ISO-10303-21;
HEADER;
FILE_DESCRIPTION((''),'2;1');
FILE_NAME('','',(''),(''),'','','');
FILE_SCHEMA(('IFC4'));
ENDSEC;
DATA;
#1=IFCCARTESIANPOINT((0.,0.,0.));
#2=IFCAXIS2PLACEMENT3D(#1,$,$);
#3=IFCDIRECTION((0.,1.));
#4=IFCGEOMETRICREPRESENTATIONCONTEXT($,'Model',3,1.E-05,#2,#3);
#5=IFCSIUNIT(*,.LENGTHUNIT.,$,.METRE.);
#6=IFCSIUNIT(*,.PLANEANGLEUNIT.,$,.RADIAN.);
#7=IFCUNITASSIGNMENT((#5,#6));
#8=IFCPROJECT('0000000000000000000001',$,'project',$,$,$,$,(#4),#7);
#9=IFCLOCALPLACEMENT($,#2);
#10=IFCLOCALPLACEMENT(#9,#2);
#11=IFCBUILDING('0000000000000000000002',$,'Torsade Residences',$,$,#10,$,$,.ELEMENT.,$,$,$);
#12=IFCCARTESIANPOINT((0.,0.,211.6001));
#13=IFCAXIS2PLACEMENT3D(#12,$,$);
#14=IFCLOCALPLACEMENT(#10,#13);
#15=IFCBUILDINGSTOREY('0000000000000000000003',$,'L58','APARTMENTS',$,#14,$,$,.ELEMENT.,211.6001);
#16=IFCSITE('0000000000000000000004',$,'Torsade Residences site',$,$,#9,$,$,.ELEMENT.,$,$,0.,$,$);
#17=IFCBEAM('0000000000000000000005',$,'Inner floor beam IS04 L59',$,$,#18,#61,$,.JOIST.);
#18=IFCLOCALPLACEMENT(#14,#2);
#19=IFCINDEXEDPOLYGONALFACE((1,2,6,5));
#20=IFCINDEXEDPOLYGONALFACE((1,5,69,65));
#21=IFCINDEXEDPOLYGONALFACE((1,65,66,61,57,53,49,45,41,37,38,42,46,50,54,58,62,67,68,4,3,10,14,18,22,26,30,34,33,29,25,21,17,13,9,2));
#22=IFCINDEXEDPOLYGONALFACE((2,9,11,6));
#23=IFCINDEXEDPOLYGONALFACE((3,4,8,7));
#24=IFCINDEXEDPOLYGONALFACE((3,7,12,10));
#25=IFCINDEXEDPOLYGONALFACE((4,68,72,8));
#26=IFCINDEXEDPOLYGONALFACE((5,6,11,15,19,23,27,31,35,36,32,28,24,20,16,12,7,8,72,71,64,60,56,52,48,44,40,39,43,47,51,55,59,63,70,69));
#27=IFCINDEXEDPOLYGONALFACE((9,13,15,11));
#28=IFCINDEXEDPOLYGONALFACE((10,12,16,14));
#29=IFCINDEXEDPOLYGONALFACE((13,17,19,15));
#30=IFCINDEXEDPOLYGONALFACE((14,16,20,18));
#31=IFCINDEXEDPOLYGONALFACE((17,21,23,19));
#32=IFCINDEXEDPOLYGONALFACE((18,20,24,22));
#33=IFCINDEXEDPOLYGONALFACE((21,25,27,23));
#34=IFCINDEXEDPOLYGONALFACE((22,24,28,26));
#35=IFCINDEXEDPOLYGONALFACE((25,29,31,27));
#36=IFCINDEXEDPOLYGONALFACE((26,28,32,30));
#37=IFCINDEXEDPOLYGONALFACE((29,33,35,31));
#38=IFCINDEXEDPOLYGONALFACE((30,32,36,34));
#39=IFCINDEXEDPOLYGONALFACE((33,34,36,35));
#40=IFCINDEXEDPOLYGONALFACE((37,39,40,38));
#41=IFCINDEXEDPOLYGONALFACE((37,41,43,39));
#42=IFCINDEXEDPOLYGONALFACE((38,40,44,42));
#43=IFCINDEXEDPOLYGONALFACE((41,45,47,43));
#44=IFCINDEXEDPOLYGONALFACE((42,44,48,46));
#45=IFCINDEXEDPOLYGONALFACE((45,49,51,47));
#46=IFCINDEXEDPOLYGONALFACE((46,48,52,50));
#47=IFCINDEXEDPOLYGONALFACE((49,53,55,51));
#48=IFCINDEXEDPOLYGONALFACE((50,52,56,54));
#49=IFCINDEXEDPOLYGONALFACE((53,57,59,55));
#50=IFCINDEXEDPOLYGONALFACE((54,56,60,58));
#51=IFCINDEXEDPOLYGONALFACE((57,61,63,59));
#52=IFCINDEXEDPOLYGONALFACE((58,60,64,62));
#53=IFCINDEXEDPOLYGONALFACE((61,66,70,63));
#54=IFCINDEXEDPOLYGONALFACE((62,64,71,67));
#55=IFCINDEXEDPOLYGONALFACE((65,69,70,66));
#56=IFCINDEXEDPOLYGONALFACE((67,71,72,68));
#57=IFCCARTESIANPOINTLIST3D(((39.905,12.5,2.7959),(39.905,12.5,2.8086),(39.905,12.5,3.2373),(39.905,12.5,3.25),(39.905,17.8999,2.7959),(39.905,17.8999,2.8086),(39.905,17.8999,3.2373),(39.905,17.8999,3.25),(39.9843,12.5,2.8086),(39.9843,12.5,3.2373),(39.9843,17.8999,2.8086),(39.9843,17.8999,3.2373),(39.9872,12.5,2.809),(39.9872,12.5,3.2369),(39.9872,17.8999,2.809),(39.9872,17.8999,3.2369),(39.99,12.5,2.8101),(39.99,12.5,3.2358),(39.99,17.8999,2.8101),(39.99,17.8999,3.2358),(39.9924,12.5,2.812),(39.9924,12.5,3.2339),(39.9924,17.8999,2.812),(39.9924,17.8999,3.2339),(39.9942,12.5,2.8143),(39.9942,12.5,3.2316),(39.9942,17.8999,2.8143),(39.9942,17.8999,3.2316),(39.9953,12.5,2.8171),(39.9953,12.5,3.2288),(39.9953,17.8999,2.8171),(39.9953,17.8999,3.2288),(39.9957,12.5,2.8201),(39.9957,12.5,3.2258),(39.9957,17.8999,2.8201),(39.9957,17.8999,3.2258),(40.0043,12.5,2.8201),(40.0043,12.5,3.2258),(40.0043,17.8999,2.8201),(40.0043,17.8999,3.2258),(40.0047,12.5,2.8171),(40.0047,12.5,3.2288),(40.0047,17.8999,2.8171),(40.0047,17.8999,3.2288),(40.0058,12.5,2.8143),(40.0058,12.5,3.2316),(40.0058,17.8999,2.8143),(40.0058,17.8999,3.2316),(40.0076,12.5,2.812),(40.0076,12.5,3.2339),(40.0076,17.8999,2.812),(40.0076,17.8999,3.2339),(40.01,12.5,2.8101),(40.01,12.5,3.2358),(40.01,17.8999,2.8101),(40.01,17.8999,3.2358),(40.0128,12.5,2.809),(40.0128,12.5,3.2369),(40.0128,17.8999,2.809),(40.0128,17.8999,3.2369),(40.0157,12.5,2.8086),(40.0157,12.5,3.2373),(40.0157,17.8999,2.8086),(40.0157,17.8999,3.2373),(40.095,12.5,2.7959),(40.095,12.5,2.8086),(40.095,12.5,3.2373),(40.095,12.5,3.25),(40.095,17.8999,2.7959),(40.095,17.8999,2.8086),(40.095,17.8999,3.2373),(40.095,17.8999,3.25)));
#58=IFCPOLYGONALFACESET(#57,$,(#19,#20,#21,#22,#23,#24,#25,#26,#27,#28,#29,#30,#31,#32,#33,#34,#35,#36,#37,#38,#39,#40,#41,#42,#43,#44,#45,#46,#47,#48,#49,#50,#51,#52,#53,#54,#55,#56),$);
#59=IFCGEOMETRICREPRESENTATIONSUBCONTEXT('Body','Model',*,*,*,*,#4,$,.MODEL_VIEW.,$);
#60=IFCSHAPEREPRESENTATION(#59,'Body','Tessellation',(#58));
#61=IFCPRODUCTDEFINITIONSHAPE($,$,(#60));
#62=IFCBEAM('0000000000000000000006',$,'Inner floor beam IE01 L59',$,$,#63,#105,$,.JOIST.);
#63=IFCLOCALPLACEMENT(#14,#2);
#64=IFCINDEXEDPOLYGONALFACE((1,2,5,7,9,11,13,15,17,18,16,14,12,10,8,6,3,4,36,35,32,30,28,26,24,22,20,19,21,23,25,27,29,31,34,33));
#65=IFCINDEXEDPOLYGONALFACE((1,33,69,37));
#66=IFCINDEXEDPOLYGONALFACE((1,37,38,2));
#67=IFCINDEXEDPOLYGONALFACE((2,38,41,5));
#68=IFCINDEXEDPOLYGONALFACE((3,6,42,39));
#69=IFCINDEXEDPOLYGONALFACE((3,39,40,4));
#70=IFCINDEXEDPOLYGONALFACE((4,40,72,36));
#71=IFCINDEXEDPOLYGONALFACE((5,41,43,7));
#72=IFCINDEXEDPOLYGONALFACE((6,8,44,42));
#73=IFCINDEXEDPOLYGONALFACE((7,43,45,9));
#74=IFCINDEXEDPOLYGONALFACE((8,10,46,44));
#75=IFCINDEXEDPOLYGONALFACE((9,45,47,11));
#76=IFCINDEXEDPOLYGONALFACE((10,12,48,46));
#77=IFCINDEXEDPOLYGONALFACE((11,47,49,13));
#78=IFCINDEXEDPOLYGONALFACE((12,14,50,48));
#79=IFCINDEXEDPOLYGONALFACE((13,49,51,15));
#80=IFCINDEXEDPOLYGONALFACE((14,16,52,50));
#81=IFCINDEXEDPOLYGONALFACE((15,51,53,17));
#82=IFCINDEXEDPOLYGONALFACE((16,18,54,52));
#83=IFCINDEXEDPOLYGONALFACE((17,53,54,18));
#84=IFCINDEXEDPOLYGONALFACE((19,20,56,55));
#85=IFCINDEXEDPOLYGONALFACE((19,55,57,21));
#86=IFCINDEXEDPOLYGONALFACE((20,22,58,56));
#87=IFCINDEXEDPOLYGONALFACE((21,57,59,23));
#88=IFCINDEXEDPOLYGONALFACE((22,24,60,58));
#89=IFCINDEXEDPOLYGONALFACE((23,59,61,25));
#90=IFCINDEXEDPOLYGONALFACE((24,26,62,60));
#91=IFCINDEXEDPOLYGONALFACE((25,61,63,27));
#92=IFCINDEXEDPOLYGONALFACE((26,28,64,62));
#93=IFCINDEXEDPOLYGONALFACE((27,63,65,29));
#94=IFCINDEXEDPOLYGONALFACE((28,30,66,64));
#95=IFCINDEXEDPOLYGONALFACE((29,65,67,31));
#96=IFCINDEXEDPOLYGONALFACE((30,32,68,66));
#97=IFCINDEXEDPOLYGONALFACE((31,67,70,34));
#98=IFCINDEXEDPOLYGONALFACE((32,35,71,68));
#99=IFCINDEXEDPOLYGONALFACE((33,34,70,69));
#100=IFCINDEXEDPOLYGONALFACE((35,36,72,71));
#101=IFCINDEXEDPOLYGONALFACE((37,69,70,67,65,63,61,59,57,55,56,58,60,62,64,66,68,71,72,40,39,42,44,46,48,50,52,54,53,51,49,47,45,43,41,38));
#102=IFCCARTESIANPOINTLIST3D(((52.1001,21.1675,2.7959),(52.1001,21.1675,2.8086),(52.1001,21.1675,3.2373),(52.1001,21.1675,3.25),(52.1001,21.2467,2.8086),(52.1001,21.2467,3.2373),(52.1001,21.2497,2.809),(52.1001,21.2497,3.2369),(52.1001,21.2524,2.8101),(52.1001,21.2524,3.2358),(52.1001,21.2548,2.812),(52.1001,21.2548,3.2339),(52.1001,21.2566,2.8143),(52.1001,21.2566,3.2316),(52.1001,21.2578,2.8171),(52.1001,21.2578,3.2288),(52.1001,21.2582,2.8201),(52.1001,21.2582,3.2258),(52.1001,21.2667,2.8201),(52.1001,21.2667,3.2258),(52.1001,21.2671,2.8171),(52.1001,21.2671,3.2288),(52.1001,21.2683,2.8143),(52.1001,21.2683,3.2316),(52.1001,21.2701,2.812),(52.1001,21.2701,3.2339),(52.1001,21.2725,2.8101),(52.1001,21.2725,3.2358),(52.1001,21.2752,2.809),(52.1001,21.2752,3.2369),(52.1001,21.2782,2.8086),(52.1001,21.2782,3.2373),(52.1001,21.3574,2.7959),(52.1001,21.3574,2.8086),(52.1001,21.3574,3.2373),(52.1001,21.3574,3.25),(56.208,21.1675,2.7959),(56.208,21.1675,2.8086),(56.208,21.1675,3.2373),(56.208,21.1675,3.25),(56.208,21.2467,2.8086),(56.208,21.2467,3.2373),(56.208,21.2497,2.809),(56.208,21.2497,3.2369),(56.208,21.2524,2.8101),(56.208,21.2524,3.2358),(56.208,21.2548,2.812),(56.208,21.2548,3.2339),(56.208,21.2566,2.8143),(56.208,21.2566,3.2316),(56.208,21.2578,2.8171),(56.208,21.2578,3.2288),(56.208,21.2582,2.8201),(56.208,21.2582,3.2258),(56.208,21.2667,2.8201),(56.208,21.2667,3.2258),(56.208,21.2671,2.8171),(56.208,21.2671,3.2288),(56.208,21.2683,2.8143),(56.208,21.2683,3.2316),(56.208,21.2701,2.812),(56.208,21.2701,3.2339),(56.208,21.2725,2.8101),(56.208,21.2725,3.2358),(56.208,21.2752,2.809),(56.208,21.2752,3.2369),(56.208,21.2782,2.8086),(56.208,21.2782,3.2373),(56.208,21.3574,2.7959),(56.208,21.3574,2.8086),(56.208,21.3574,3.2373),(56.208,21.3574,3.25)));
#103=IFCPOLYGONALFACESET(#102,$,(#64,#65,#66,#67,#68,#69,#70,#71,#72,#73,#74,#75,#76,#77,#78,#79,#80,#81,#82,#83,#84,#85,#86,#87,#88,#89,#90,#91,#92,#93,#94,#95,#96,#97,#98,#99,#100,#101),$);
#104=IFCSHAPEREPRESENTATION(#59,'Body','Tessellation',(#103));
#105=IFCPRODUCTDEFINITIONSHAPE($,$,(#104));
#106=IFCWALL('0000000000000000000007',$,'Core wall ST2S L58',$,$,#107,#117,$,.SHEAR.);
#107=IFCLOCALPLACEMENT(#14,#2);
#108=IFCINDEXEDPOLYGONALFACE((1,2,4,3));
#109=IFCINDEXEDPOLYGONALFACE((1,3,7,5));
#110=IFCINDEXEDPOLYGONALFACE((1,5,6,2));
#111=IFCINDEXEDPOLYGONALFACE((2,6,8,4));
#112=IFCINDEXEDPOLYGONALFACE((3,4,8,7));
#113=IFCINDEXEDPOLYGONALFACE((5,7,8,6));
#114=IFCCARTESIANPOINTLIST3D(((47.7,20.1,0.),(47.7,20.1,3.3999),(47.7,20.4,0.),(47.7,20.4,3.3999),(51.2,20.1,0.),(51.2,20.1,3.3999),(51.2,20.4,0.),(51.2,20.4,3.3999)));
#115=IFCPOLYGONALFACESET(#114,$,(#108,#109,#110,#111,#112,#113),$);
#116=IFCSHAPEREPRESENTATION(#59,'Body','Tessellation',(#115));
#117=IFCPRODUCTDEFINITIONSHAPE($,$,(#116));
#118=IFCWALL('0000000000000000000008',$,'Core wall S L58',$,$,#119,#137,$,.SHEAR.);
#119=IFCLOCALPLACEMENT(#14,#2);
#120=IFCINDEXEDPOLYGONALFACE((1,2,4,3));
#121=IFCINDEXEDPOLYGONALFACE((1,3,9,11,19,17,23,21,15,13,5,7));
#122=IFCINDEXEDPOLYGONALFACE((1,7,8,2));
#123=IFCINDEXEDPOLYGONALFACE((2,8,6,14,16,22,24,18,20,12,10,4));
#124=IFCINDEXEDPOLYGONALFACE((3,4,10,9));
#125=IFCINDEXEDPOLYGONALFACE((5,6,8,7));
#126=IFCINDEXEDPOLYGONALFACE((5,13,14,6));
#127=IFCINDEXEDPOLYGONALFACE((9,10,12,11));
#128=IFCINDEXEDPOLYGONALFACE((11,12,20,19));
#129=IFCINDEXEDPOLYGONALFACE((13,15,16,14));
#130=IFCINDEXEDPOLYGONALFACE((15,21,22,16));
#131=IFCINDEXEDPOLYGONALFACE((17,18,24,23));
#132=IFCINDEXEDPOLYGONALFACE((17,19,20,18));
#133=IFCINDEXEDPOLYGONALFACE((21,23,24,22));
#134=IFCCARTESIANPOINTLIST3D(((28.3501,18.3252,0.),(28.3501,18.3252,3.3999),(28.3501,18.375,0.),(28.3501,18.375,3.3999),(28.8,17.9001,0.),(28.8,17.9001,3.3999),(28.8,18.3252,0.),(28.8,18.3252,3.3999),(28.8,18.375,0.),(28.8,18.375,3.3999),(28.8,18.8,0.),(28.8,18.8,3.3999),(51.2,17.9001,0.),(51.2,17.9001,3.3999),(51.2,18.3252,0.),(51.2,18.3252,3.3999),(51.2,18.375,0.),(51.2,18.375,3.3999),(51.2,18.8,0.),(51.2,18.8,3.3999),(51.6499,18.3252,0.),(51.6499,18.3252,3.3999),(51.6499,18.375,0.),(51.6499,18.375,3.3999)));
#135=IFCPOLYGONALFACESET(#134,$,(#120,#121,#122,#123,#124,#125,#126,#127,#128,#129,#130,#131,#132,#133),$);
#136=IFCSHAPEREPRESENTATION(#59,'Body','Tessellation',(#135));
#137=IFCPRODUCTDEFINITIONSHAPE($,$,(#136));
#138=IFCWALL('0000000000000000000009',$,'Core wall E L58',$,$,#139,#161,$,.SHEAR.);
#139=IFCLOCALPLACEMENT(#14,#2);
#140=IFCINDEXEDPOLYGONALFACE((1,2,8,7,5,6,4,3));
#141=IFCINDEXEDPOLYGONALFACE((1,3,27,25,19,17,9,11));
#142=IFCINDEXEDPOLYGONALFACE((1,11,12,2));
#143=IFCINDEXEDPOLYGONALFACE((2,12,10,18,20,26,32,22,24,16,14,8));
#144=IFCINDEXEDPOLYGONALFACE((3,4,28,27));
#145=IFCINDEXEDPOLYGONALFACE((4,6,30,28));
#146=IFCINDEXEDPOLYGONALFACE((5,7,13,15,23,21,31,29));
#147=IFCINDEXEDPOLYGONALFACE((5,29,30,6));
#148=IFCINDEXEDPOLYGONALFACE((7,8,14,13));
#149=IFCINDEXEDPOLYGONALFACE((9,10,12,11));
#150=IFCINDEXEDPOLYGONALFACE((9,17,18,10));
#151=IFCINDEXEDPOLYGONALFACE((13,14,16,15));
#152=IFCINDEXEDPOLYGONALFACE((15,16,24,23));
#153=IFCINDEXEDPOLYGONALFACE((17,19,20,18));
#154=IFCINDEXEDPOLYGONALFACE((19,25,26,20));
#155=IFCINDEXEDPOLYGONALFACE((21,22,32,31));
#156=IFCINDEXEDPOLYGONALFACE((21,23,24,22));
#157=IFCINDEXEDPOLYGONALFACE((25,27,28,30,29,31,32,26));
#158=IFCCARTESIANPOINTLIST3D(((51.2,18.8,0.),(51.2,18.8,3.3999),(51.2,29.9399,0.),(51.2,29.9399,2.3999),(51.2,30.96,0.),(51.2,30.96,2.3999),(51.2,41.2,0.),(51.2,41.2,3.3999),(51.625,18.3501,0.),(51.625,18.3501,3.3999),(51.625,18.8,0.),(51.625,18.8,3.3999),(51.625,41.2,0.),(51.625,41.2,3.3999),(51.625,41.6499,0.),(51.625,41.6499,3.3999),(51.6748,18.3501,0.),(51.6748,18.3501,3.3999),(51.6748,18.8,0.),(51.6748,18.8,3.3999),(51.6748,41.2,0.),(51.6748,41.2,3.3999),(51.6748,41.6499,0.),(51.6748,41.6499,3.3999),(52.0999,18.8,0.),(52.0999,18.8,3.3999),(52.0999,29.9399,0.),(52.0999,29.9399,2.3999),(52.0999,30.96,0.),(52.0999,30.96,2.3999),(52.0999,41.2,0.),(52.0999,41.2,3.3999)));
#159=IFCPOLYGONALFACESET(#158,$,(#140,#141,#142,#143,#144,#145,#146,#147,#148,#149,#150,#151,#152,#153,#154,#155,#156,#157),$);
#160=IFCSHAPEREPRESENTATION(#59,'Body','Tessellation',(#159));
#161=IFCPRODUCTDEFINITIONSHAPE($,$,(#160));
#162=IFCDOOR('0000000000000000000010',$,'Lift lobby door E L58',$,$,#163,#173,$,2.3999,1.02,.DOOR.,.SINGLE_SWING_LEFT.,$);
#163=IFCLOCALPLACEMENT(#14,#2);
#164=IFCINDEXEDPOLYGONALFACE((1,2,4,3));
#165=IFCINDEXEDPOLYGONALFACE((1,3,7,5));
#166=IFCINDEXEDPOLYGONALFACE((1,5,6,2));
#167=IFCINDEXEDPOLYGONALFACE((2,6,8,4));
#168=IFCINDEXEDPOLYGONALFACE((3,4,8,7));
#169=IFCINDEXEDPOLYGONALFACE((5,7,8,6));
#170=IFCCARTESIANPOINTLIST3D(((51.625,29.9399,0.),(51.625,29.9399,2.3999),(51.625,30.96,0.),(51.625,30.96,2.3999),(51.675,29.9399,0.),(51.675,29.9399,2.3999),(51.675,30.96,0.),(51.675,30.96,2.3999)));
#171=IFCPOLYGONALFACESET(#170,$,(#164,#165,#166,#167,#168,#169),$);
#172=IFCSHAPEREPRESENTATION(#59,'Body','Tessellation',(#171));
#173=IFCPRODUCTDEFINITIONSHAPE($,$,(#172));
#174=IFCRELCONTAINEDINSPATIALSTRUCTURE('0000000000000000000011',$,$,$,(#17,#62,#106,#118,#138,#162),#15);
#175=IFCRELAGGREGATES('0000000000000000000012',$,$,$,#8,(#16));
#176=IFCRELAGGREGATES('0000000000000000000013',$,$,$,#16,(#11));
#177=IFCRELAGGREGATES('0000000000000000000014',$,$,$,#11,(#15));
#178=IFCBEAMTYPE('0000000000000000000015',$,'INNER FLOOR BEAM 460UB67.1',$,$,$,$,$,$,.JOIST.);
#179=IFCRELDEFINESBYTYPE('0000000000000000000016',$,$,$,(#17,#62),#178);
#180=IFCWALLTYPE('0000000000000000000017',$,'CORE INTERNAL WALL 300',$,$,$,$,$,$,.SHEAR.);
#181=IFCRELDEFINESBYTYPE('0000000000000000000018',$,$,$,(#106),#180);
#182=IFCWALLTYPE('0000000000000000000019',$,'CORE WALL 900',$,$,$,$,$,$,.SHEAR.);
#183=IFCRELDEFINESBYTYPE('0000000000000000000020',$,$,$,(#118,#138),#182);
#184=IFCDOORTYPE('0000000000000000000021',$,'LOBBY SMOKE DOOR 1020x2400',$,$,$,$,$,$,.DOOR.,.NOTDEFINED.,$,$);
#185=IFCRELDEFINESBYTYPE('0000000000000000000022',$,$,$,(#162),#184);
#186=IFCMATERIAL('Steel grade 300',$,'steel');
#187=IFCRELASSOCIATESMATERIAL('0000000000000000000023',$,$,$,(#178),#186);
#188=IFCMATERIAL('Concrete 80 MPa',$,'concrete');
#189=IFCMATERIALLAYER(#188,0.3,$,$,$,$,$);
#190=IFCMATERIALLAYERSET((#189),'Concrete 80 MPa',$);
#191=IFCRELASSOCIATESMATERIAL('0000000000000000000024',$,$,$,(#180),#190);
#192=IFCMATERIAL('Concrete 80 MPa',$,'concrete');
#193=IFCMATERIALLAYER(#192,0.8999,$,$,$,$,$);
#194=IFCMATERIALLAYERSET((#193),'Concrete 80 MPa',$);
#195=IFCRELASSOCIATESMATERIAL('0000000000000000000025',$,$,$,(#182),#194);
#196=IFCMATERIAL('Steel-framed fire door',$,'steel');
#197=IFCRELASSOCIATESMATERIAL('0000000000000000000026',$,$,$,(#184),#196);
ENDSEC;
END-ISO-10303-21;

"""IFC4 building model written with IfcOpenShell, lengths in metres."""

from ifc_helpers import new_model, si_unit, direction, frame, frame_2d, origin, origin_2d, place, context, subcontext, project, spatial, polyline, rectangle, i_section, outline, extrude, material, layer, layer_set, material_profile, profile_set, type_object, element, fill, save


model = new_model("IFC4")

# Units and contexts
model_context = context("Model", 3, precision=1e-05, world=origin(), true_north=direction((0.0, 1.0)))
body_context = subcontext(model_context, "Body", "Model", "MODEL_VIEW")
ifc_project = project(units=[si_unit("LENGTHUNIT", "METRE"), si_unit("PLANEANGLEUNIT", "RADIAN")], contexts=[model_context])

# Site, building, storey
site_placement = place(None, origin())
site = spatial("IfcSite", under=ifc_project, at=site_placement, Name="Torsade Residences site", CompositionType="ELEMENT", RefElevation=0.0)
building_placement = place(site_placement, origin())
building = spatial("IfcBuilding", under=site, at=building_placement, Name="Torsade Residences", CompositionType="ELEMENT")
storey_placement = place(building_placement, frame((0.0, 0.0, 211.6001)))
storey = spatial("IfcBuildingStorey", under=building, at=storey_placement, Name="L58", Description="APARTMENTS", CompositionType="ELEMENT", Elevation=211.6001)

# Beams
ifc_material_1 = material(Name="Steel grade 300", Category="steel")
ifc_material_profile_1 = material_profile(ifc_material_1, i_section(OverallWidth=0.1899, OverallDepth=0.4541, WebThickness=0.0085, FlangeThickness=0.0127, FilletRadius=0.0115, at=origin_2d()), Name="460UB67.1")
ifc_profile_set_1 = profile_set([ifc_material_profile_1], Name="Steel grade 300")
beam_type = type_object("IfcBeamType", Name="INNER FLOOR BEAM 460UB67.1", PredefinedType="JOIST", material=ifc_profile_set_1)
for number, where, z_axis, x_axis, name in (
    (1, (40.0, 17.8999, 3.0229), (0.0, -1.0, 0.0), (1.0, 0.0, 0.0), "Inner floor beam IS04 L59"),
):
    element("IfcBeam", number, at=place(storey_placement, frame(where, z_axis=z_axis, x_axis=x_axis)), inside=storey, type_object=beam_type, Name=name, PredefinedType="JOIST", context=body_context, shape_type="SweptSolid", body=[
        extrude(i_section(OverallWidth=0.1899, OverallDepth=0.4541, WebThickness=0.0085, FlangeThickness=0.0127, FilletRadius=0.0115, at=origin_2d()), origin(), (0.0, 0.0, 1.0), 5.3999),
    ])
beam_1_placement = place(storey_placement, frame((52.1001, 21.2625, 3.0229), z_axis=(1.0, 0.0, 0.0), x_axis=(0.0, 1.0, 0.0)))
element("IfcBeam", 2, at=beam_1_placement, inside=storey, type_object=beam_type, Name="Inner floor beam IE01 L59", PredefinedType="JOIST", context=body_context, shape_type="SweptSolid", body=[
    extrude(i_section(OverallWidth=0.1899, OverallDepth=0.4541, WebThickness=0.0085, FlangeThickness=0.0127, FilletRadius=0.0115, at=origin_2d()), origin(), (0.0, 0.0, 1.0), 4.1079),
])

# Walls
ifc_material_2 = material(Name="Concrete 80 MPa", Category="concrete")
ifc_layer_1 = layer(ifc_material_2, 0.3)
ifc_layer_set_1 = layer_set([ifc_layer_1], Name="Concrete 80 MPa")
wall_type_1 = type_object("IfcWallType", Name="CORE INTERNAL WALL 300", PredefinedType="SHEAR", material=ifc_layer_set_1)
wall_1_placement = place(storey_placement, frame((51.2, 20.25, 0.0), z_axis=(0.0, 0.0, 1.0), x_axis=(-1.0, 0.0, 0.0)))
element("IfcWall", 3, at=wall_1_placement, inside=storey, type_object=wall_type_1, Name="Core wall ST2S L58", PredefinedType="SHEAR", context=body_context, shape_type="SweptSolid", body=[
    extrude(rectangle(XDim=3.5, YDim=0.3, at=frame_2d((1.75, 0.0))), origin(), (0.0, 0.0, 1.0), 3.3999),
])
ifc_material_3 = material(Name="Concrete 80 MPa", Category="concrete")
ifc_layer_2 = layer(ifc_material_3, 0.8999)
ifc_layer_set_2 = layer_set([ifc_layer_2], Name="Concrete 80 MPa")
wall_type_2 = type_object("IfcWallType", Name="CORE WALL 900", PredefinedType="SHEAR", material=ifc_layer_set_2)
wall_2_placement = place(storey_placement, frame((51.2, 18.3501, 0.0), z_axis=(0.0, 0.0, 1.0), x_axis=(-1.0, 0.0, 0.0)))
element("IfcWall", 4, at=wall_2_placement, inside=storey, type_object=wall_type_2, Name="Core wall S L58", PredefinedType="SHEAR", context=body_context, shape_type="SweptSolid", body=[
    extrude(outline(polyline([(0.0, -0.45), (22.3999, -0.45), (22.3999, -0.0249), (22.8499, -0.0249), (22.8499, 0.0249), (22.3999, 0.0249), (22.3999, 0.45), (0.0, 0.45), (0.0, 0.0249), (-0.45, 0.0249), (-0.45, -0.0249), (0.0, -0.0249), (0.0, -0.45)])), origin(), (0.0, 0.0, 1.0), 3.3999),
])

# Wall, opening, door
wall_3_placement = place(storey_placement, frame((51.6499, 18.8, 0.0), z_axis=(0.0, 0.0, 1.0), x_axis=(0.0, 1.0, 0.0)))
wall_3 = element("IfcWall", 5, at=wall_3_placement, inside=storey, type_object=wall_type_2, Name="Core wall E L58", PredefinedType="SHEAR", context=body_context, shape_type="SweptSolid", body=[
    extrude(outline(polyline([(0.0, -0.45), (22.3999, -0.45), (22.3999, -0.0249), (22.8499, -0.0249), (22.8499, 0.0249), (22.3999, 0.0249), (22.3999, 0.45), (0.0, 0.45), (0.0, 0.0249), (-0.45, 0.0249), (-0.45, -0.0249), (0.0, -0.0249), (0.0, -0.45)])), origin(), (0.0, 0.0, 1.0), 3.3999),
])
opening_1_placement = place(wall_3_placement, frame((11.1399, 0.0, 0.0)))
opening_1 = element("IfcOpeningElement", 6, at=opening_1_placement, cuts=wall_3, PredefinedType="OPENING", context=body_context, shape_type="SweptSolid", body=[
    extrude(rectangle(XDim=1.02, YDim=2.3999, at=frame_2d((0.51, 1.2))), frame((0.0, 0.46, 0.0), z_axis=(0.0, -1.0, 0.0), x_axis=(1.0, 0.0, 0.0)), (0.0, 0.0, 1.0), 0.9199),
])
ifc_material_4 = material(Name="Steel-framed fire door", Category="steel")
door_type_1 = type_object("IfcDoorType", Name="LOBBY SMOKE DOOR 1020x2400", OperationType="NOTDEFINED", PredefinedType="DOOR", material=ifc_material_4)
door_1_placement = place(opening_1_placement, origin())
door_1 = element("IfcDoor", 7, at=door_1_placement, inside=storey, type_object=door_type_1, Name="Lift lobby door E L58", OperationType="SINGLE_SWING_LEFT", OverallHeight=2.3999, OverallWidth=1.02, PredefinedType="DOOR", context=body_context, shape_type="SweptSolid", body=[
    extrude(rectangle(XDim=1.02, YDim=2.3999, at=frame_2d((0.51, 1.2))), frame((0.0, 0.0249, 0.0), z_axis=(0.0, -1.0, 0.0), x_axis=(1.0, 0.0, 0.0)), (0.0, 0.0, 1.0), 0.05),
])
fill(opening_1, door_1)

save(model, "model.ifc")
